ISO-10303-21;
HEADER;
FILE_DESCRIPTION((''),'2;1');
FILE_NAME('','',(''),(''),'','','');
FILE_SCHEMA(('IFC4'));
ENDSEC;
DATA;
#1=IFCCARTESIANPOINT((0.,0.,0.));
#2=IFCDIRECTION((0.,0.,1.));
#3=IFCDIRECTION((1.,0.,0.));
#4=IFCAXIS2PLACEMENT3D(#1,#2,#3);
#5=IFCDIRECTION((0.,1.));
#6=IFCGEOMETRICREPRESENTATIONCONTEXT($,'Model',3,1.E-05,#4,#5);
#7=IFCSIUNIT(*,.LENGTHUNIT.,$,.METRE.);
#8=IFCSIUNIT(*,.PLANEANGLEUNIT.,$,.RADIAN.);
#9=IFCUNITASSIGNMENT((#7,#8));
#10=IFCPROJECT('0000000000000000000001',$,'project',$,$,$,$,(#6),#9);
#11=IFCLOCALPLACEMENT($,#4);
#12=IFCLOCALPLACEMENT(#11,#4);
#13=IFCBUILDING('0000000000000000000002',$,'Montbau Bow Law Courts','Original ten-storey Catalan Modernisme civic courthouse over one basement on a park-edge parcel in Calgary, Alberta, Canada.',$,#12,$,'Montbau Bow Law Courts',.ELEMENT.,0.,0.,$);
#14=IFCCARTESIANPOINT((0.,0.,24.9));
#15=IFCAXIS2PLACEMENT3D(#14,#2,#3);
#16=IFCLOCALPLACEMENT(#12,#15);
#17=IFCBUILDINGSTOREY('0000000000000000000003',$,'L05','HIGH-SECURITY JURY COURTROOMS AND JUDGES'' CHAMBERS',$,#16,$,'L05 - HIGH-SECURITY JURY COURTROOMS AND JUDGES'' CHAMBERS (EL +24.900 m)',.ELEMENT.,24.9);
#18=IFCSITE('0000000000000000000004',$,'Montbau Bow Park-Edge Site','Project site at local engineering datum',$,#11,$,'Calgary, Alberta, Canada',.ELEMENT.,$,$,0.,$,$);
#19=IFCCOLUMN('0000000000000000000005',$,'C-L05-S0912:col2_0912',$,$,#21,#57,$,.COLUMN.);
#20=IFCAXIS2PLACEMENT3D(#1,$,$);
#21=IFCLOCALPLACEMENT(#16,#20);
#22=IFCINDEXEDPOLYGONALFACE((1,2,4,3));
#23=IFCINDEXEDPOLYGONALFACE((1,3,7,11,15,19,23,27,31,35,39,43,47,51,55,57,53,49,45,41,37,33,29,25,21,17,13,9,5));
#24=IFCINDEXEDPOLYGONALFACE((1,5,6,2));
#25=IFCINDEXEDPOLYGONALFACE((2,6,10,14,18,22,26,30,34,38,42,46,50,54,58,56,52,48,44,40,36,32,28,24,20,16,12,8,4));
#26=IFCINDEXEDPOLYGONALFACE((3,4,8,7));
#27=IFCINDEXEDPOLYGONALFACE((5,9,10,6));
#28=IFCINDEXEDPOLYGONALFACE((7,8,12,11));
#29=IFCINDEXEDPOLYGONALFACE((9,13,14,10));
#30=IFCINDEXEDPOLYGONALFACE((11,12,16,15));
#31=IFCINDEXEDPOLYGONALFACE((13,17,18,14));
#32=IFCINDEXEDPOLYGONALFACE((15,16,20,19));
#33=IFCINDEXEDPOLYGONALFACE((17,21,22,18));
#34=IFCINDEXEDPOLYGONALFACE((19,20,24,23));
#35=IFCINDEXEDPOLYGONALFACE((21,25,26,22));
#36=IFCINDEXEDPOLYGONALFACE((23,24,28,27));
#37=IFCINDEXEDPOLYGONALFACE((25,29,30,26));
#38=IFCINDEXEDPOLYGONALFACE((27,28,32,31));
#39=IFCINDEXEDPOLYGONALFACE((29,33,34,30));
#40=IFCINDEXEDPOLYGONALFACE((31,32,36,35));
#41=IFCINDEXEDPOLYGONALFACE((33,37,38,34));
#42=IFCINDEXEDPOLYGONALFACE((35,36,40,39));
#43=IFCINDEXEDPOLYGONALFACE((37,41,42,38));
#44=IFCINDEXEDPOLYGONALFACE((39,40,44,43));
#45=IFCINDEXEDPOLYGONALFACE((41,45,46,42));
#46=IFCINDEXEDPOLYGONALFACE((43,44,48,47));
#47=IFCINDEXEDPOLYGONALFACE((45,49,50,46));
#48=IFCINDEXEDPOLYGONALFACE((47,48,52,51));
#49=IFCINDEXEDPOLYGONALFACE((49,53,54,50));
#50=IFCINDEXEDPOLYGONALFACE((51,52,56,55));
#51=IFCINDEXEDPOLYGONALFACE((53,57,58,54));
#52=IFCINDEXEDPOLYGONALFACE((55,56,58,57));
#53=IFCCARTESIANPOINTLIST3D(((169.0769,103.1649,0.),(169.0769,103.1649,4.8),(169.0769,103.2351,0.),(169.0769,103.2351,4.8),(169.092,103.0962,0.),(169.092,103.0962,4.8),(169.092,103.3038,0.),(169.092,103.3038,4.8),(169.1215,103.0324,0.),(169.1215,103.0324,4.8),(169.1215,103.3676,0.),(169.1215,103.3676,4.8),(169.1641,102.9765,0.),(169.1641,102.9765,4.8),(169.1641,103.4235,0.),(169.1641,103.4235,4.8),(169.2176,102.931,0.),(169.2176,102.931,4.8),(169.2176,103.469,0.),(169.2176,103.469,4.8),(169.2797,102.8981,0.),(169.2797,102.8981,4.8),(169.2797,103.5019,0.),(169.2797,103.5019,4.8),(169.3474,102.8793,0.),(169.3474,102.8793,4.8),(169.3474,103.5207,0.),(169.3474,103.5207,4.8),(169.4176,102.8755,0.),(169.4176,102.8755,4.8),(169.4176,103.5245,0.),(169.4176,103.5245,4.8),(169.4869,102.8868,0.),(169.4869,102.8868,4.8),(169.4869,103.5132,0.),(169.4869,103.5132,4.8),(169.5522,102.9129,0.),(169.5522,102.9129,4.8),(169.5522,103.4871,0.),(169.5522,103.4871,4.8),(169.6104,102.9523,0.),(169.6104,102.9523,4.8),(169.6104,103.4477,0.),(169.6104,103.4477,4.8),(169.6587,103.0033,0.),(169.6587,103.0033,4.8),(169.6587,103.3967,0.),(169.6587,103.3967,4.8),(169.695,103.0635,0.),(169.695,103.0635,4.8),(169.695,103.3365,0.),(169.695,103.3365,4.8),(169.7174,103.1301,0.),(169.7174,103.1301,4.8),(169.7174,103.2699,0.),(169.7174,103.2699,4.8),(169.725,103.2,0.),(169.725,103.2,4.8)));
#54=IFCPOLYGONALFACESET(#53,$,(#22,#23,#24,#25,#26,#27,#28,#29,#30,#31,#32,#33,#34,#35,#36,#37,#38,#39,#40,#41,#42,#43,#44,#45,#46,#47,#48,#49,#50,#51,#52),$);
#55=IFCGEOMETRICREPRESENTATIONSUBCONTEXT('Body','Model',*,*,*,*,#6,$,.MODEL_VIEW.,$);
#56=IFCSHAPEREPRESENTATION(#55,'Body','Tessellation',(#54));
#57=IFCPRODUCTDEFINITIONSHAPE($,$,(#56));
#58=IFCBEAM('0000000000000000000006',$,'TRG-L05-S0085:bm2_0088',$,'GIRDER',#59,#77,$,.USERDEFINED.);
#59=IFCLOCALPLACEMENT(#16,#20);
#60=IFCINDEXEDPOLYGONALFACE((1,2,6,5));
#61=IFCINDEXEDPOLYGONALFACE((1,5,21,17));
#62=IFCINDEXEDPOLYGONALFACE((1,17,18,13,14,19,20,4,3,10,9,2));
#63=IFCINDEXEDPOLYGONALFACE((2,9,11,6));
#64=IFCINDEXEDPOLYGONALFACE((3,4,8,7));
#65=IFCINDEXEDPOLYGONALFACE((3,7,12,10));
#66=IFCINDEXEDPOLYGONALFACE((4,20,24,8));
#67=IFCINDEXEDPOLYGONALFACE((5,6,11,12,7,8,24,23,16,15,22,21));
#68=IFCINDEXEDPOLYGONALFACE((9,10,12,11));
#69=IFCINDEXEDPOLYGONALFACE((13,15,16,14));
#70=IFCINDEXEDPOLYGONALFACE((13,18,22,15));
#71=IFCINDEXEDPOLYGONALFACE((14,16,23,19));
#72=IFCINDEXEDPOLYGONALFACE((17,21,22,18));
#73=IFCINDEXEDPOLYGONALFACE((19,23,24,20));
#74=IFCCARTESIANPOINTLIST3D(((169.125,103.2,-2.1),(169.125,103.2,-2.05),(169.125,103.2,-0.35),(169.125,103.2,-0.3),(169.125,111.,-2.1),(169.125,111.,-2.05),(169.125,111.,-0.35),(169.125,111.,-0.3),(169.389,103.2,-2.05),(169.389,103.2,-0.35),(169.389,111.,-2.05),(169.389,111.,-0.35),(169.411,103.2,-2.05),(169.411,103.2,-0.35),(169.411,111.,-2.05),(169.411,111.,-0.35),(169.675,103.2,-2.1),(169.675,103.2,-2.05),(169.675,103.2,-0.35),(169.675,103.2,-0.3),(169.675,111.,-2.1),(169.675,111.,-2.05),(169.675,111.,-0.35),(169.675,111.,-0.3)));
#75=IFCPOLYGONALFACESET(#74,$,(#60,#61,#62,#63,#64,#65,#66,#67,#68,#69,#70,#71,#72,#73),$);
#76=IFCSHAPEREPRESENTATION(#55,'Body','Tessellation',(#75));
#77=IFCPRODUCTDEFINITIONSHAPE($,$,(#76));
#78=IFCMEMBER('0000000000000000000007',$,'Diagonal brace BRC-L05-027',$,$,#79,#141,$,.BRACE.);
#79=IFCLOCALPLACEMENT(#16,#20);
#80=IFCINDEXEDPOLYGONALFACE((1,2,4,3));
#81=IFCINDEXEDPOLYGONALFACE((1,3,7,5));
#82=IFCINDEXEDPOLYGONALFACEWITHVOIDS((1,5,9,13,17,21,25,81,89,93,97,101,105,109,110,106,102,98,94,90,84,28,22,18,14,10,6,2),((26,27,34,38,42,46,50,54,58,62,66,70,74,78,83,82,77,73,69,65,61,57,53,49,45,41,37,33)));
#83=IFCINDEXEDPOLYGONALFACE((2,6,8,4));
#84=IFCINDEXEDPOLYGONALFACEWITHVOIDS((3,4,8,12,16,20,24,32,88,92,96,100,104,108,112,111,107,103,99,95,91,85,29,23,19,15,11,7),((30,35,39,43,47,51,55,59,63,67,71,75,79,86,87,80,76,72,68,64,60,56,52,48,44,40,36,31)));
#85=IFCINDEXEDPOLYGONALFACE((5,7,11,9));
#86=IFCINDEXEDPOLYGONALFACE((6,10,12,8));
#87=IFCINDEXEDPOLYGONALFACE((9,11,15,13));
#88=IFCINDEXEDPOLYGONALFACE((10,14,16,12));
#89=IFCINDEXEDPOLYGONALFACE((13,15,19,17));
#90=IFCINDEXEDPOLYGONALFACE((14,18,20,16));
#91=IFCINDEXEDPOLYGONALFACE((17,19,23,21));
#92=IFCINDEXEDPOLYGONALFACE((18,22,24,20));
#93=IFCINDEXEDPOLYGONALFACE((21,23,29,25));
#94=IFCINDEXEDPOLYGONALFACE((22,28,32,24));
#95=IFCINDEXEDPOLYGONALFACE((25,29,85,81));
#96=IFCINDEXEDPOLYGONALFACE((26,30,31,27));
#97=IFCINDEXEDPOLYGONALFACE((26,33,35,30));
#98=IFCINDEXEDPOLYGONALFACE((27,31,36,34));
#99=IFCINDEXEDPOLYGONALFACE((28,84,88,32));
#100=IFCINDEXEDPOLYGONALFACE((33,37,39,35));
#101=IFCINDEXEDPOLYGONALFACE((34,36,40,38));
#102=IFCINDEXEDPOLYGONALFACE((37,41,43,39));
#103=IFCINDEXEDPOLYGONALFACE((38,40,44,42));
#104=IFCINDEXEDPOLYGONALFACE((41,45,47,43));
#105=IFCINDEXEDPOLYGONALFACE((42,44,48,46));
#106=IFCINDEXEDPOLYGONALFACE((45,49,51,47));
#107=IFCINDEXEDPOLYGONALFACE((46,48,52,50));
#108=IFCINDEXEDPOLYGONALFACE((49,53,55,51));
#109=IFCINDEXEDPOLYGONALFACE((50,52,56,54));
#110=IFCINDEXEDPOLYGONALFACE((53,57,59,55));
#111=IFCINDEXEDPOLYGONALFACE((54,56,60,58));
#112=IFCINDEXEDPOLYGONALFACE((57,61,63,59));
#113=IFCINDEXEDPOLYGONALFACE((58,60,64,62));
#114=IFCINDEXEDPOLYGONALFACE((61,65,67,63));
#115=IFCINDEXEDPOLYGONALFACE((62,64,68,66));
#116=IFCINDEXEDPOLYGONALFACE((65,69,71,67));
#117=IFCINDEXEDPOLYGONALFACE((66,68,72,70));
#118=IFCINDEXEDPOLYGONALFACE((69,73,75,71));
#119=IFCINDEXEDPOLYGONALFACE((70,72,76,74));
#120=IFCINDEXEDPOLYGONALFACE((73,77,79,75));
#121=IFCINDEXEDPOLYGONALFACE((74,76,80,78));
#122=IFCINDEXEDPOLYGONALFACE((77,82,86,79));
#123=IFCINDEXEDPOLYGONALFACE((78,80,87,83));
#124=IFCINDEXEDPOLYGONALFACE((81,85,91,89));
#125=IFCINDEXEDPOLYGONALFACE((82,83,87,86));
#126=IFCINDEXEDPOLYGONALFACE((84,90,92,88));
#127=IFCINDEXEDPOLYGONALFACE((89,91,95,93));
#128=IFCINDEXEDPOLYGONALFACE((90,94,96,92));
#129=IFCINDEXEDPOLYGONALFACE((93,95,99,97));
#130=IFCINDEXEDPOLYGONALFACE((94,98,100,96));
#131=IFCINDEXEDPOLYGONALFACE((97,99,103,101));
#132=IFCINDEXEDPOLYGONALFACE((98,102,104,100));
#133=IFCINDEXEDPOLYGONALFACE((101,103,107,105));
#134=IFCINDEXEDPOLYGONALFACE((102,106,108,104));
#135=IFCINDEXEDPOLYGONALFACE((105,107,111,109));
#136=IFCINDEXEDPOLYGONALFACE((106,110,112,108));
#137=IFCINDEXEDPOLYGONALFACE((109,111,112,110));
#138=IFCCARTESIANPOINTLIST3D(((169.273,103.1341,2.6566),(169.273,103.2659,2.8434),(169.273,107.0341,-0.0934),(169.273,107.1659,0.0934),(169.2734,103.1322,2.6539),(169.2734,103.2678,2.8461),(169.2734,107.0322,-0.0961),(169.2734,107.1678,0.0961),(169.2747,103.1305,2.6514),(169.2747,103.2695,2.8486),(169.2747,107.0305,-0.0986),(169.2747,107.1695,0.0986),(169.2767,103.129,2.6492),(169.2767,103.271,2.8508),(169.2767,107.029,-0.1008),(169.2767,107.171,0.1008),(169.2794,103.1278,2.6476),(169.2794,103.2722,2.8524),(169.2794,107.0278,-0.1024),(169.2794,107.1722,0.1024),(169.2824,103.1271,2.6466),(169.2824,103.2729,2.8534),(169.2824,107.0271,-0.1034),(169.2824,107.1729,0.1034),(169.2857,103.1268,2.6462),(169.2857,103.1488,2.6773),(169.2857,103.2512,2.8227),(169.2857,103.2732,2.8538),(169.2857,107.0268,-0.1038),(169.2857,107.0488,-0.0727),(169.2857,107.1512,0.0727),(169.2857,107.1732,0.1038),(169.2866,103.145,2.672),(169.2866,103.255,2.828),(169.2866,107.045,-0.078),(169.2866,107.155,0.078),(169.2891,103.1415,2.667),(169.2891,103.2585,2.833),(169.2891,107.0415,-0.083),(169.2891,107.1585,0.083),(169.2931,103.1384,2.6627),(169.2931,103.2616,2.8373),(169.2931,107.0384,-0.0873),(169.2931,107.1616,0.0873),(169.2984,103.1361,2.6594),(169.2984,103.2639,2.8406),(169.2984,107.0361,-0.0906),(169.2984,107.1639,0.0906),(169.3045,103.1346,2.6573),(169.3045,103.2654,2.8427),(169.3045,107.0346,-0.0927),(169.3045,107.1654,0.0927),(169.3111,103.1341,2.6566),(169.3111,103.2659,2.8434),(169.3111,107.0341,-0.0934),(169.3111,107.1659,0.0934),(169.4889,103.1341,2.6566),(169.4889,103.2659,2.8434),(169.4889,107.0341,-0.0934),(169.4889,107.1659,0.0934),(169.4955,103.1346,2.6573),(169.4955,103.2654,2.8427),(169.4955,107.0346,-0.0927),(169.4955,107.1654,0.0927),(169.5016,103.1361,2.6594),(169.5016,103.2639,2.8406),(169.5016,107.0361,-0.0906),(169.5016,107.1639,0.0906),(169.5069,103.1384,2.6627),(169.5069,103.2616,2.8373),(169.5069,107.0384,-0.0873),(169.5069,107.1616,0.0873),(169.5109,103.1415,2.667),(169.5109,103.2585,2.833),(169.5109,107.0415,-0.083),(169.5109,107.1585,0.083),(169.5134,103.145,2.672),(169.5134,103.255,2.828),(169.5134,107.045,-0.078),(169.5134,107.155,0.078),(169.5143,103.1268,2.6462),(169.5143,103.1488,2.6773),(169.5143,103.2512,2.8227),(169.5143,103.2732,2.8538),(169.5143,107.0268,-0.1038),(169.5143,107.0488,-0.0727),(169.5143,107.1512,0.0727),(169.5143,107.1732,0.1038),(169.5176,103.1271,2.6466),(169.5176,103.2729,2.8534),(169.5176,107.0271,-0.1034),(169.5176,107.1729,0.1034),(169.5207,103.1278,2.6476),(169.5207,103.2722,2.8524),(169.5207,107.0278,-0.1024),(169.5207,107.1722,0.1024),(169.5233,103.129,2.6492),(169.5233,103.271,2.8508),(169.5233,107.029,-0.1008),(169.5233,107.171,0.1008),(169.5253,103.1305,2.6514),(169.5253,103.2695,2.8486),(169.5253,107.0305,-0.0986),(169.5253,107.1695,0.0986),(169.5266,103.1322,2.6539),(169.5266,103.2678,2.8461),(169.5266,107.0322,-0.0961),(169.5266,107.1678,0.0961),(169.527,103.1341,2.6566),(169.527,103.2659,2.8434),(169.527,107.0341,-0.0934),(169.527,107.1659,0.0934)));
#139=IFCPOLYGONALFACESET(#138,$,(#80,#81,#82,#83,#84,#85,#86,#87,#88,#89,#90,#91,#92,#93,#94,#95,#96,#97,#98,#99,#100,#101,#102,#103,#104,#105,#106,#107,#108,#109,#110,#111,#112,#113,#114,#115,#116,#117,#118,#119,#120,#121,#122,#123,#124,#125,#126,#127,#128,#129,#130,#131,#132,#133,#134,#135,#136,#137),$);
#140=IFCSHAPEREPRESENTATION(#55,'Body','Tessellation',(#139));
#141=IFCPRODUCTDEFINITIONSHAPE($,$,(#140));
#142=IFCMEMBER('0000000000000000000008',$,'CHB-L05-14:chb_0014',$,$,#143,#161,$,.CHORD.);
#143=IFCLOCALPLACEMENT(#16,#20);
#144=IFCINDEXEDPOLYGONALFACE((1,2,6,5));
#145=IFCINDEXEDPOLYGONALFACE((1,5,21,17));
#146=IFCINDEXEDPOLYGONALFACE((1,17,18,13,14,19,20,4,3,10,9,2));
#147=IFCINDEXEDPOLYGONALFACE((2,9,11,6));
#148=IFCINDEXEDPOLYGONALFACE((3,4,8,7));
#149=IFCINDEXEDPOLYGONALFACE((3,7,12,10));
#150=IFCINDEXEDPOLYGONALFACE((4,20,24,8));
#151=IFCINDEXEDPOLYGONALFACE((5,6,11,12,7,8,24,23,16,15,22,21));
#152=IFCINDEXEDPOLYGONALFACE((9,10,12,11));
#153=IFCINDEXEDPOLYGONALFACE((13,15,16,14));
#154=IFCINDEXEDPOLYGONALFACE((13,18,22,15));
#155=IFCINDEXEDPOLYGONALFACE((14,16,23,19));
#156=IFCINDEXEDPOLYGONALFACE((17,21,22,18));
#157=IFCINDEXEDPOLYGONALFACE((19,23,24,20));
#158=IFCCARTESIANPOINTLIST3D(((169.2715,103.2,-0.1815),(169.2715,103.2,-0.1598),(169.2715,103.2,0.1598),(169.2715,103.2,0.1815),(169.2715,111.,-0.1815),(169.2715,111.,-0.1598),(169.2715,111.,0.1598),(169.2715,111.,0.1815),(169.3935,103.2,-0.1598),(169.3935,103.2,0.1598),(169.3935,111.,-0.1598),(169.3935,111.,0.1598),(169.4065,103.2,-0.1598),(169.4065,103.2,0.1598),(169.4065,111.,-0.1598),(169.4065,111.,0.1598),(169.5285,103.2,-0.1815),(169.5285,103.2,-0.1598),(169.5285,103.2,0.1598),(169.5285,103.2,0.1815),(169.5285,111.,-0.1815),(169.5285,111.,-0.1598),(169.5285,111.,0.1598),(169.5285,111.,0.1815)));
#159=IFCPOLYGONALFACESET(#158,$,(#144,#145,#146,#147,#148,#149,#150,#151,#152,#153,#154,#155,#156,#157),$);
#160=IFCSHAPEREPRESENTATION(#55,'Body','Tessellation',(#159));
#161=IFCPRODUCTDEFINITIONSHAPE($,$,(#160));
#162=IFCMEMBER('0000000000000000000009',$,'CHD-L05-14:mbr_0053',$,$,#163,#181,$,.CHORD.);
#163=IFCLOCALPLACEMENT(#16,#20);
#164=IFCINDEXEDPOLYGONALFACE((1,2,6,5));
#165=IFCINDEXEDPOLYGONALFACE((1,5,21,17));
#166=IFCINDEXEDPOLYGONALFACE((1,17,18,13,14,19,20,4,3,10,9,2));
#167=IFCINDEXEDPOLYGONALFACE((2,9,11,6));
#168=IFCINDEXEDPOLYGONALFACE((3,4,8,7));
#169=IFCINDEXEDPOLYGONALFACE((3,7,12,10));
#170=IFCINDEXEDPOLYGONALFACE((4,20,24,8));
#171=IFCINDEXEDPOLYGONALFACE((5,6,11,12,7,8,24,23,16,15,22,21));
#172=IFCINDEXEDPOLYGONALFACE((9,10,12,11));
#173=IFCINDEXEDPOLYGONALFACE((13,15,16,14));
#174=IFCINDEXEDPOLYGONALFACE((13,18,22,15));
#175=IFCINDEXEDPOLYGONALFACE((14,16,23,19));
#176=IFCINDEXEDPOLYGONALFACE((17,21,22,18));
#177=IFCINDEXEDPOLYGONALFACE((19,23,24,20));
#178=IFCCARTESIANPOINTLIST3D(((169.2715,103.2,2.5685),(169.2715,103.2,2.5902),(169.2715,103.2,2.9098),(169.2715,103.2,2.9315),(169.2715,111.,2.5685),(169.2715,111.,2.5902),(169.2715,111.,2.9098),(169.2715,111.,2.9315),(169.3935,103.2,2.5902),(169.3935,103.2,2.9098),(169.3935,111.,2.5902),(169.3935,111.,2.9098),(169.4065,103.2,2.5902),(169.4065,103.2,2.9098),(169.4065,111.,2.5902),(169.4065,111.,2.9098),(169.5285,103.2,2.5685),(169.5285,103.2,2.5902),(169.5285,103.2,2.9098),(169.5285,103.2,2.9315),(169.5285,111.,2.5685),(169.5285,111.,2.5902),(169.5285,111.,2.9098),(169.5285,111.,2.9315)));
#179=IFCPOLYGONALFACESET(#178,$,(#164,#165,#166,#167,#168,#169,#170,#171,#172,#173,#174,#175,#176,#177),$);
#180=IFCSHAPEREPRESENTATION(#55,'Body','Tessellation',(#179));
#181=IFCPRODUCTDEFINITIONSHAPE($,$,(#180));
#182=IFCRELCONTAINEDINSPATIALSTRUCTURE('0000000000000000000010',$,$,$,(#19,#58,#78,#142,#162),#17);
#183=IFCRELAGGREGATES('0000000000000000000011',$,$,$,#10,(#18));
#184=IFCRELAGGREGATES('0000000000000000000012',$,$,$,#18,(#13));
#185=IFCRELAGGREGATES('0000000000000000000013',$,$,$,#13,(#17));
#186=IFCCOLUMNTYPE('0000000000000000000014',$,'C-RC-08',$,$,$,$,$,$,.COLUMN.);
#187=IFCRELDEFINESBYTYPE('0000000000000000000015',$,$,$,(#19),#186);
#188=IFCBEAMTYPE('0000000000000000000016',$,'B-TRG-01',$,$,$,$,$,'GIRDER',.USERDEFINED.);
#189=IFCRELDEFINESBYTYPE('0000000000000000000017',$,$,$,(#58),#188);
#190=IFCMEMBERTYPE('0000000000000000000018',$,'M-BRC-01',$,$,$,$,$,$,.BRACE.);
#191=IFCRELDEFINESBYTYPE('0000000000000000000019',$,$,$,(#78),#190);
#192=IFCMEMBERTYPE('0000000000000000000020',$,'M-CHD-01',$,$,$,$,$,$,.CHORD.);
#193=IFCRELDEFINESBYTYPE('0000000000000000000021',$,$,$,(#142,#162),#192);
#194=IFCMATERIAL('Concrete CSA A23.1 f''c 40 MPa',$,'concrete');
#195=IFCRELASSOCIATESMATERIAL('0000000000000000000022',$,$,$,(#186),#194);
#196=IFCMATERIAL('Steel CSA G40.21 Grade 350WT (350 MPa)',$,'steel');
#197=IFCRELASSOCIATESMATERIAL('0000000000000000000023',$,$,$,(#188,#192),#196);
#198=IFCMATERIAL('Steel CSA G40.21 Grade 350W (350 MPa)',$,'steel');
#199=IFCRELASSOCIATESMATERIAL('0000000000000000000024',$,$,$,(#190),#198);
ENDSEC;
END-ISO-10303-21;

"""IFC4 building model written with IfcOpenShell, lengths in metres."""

from ifc_helpers import new_model, si_unit, direction, frame, origin_with_axes, origin_2d_with_axis, place, context, subcontext, project, spatial, hollow_rectangle, circle, i_section, extrude, material, material_profile, profile_set, type_object, element, save


model = new_model("IFC4")

# Units and contexts
model_context = context("Model", 3, precision=1e-05, world=origin_with_axes(), true_north=direction((0.0, 1.0)))
body_context = subcontext(model_context, "Body", "Model", "MODEL_VIEW")
ifc_project = project(units=[si_unit("LENGTHUNIT", "METRE"), si_unit("PLANEANGLEUNIT", "RADIAN")], contexts=[model_context])

# Site, building, storey
site_placement = place(None, origin_with_axes())
site = spatial("IfcSite", under=ifc_project, at=site_placement, Name="Montbau Bow Park-Edge Site", Description="Project site at local engineering datum", LongName="Calgary, Alberta, Canada", CompositionType="ELEMENT", RefElevation=0.0)
building_placement = place(site_placement, origin_with_axes())
building = spatial("IfcBuilding", under=site, at=building_placement, Name="Montbau Bow Law Courts", Description="Original ten-storey Catalan Modernisme civic courthouse over one basement on a park-edge parcel in Calgary, Alberta, Canada.", LongName="Montbau Bow Law Courts", CompositionType="ELEMENT", ElevationOfRefHeight=0.0, ElevationOfTerrain=0.0)
storey_placement = place(building_placement, frame((0.0, 0.0, 24.9), z_axis=(0.0, 0.0, 1.0), x_axis=(1.0, 0.0, 0.0)))
storey = spatial("IfcBuildingStorey", under=building, at=storey_placement, Name="L05", Description="HIGH-SECURITY JURY COURTROOMS AND JUDGES' CHAMBERS", LongName="L05 - HIGH-SECURITY JURY COURTROOMS AND JUDGES' CHAMBERS (EL +24.900 m)", CompositionType="ELEMENT", Elevation=24.9)

# Column
ifc_material_1 = material(Name="Concrete CSA A23.1 f'c 40 MPa", Category="concrete")
ifc_material_profile_1 = material_profile(ifc_material_1, circle(Radius=0.325, at=origin_2d_with_axis()), Name="RC650D", Category="Main", Priority=0)
ifc_profile_set_1 = profile_set([ifc_material_profile_1], Name="Concrete CSA A23.1 f'c 40 MPa")
column_type = type_object("IfcColumnType", Name="C-RC-08", PredefinedType="COLUMN", material=ifc_profile_set_1)
column_placement = place(None, frame((169.4, 103.2, 24.9), z_axis=(0.0, 0.0, 1.0), x_axis=(1.0, 0.0, 0.0)))
element("IfcColumn", 1, at=column_placement, inside=storey, type_object=column_type, Name="C-L05-S0912:col2_0912", PredefinedType="COLUMN", context=body_context, shape_type="SweptSolid", body=[
    extrude(circle(Radius=0.325, at=origin_2d_with_axis()), origin_with_axes(), (0.0, 0.0, 1.0), 4.8),
])

# Beam
ifc_material_2 = material(Name="Steel CSA G40.21 Grade 350WT (350 MPa)", Category="steel")
ifc_material_profile_2 = material_profile(ifc_material_2, i_section(OverallWidth=0.55, OverallDepth=1.8, WebThickness=0.022, FlangeThickness=0.05, at=origin_2d_with_axis()), Name="WWF1800X550", Category="Main", Priority=0)
ifc_profile_set_2 = profile_set([ifc_material_profile_2], Name="Steel CSA G40.21 Grade 350WT (350 MPa)")
beam_type = type_object("IfcBeamType", Name="B-TRG-01", ElementType="GIRDER", PredefinedType="USERDEFINED", material=ifc_profile_set_2)
beam_placement = place(None, frame((169.4, 103.2, 23.7), z_axis=(0.0, 1.0, 0.0), x_axis=(-1.0, 0.0, 0.0)))
element("IfcBeam", 2, at=beam_placement, inside=storey, type_object=beam_type, Name="TRG-L05-S0085:bm2_0088", ObjectType="GIRDER", PredefinedType="USERDEFINED", context=body_context, shape_type="SweptSolid", body=[
    extrude(i_section(OverallWidth=0.55, OverallDepth=1.8, WebThickness=0.022, FlangeThickness=0.05, at=origin_2d_with_axis()), origin_with_axes(), (0.0, 0.0, 1.0), 7.8),
])

# Members
ifc_material_3 = material(Name="Steel CSA G40.21 Grade 350W (350 MPa)", Category="steel")
ifc_material_profile_3 = material_profile(ifc_material_3, hollow_rectangle(XDim=0.254, YDim=0.254, WallThickness=0.0127, InnerFilletRadius=0.0254, OuterFilletRadius=0.0127, at=origin_2d_with_axis()), Name="HSS254X254X13", Category="Main", Priority=0)
ifc_profile_set_3 = profile_set([ifc_material_profile_3], Name="Steel CSA G40.21 Grade 350W (350 MPa)")
member_type_1 = type_object("IfcMemberType", Name="M-BRC-01", PredefinedType="BRACE", material=ifc_profile_set_3)
member_placement = place(None, frame((169.4, 103.2, 27.65), z_axis=(0.0, 0.817258, -0.576272), x_axis=(-1.0, 0.0, 0.0)))
element("IfcMember", 3, at=member_placement, inside=storey, type_object=member_type_1, Name="Diagonal brace BRC-L05-027", PredefinedType="BRACE", context=body_context, shape_type="SweptSolid", body=[
    extrude(hollow_rectangle(XDim=0.254, YDim=0.254, WallThickness=0.0127, InnerFilletRadius=0.0254, OuterFilletRadius=0.0127, at=origin_2d_with_axis()), origin_with_axes(), (0.0, 0.0, 1.0), 4.7721),
])
ifc_material_profile_4 = material_profile(ifc_material_2, i_section(OverallWidth=0.257, OverallDepth=0.363, WebThickness=0.013, FlangeThickness=0.0217, at=origin_2d_with_axis()), Name="W360X122", Category="Main", Priority=0)
ifc_profile_set_4 = profile_set([ifc_material_profile_4], Name="Steel CSA G40.21 Grade 350WT (350 MPa)")
member_type_2 = type_object("IfcMemberType", Name="M-CHD-01", PredefinedType="CHORD", material=ifc_profile_set_4)
for number, where, z_axis, x_axis, name in (
    (4, (169.4, 103.2, 24.9), (0.0, 1.0, 0.0), (-1.0, 0.0, 0.0), "CHB-L05-14:chb_0014"),
    (5, (169.4, 103.2, 27.65), (0.0, 1.0, 0.0), (-1.0, 0.0, 0.0), "CHD-L05-14:mbr_0053"),
):
    element("IfcMember", number, at=place(None, frame(where, z_axis=z_axis, x_axis=x_axis)), inside=storey, type_object=member_type_2, Name=name, PredefinedType="CHORD", context=body_context, shape_type="SweptSolid", body=[
        extrude(i_section(OverallWidth=0.257, OverallDepth=0.363, WebThickness=0.013, FlangeThickness=0.0217, at=origin_2d_with_axis()), origin_with_axes(), (0.0, 0.0, 1.0), 7.8),
    ])

save(model, "model.ifc")
